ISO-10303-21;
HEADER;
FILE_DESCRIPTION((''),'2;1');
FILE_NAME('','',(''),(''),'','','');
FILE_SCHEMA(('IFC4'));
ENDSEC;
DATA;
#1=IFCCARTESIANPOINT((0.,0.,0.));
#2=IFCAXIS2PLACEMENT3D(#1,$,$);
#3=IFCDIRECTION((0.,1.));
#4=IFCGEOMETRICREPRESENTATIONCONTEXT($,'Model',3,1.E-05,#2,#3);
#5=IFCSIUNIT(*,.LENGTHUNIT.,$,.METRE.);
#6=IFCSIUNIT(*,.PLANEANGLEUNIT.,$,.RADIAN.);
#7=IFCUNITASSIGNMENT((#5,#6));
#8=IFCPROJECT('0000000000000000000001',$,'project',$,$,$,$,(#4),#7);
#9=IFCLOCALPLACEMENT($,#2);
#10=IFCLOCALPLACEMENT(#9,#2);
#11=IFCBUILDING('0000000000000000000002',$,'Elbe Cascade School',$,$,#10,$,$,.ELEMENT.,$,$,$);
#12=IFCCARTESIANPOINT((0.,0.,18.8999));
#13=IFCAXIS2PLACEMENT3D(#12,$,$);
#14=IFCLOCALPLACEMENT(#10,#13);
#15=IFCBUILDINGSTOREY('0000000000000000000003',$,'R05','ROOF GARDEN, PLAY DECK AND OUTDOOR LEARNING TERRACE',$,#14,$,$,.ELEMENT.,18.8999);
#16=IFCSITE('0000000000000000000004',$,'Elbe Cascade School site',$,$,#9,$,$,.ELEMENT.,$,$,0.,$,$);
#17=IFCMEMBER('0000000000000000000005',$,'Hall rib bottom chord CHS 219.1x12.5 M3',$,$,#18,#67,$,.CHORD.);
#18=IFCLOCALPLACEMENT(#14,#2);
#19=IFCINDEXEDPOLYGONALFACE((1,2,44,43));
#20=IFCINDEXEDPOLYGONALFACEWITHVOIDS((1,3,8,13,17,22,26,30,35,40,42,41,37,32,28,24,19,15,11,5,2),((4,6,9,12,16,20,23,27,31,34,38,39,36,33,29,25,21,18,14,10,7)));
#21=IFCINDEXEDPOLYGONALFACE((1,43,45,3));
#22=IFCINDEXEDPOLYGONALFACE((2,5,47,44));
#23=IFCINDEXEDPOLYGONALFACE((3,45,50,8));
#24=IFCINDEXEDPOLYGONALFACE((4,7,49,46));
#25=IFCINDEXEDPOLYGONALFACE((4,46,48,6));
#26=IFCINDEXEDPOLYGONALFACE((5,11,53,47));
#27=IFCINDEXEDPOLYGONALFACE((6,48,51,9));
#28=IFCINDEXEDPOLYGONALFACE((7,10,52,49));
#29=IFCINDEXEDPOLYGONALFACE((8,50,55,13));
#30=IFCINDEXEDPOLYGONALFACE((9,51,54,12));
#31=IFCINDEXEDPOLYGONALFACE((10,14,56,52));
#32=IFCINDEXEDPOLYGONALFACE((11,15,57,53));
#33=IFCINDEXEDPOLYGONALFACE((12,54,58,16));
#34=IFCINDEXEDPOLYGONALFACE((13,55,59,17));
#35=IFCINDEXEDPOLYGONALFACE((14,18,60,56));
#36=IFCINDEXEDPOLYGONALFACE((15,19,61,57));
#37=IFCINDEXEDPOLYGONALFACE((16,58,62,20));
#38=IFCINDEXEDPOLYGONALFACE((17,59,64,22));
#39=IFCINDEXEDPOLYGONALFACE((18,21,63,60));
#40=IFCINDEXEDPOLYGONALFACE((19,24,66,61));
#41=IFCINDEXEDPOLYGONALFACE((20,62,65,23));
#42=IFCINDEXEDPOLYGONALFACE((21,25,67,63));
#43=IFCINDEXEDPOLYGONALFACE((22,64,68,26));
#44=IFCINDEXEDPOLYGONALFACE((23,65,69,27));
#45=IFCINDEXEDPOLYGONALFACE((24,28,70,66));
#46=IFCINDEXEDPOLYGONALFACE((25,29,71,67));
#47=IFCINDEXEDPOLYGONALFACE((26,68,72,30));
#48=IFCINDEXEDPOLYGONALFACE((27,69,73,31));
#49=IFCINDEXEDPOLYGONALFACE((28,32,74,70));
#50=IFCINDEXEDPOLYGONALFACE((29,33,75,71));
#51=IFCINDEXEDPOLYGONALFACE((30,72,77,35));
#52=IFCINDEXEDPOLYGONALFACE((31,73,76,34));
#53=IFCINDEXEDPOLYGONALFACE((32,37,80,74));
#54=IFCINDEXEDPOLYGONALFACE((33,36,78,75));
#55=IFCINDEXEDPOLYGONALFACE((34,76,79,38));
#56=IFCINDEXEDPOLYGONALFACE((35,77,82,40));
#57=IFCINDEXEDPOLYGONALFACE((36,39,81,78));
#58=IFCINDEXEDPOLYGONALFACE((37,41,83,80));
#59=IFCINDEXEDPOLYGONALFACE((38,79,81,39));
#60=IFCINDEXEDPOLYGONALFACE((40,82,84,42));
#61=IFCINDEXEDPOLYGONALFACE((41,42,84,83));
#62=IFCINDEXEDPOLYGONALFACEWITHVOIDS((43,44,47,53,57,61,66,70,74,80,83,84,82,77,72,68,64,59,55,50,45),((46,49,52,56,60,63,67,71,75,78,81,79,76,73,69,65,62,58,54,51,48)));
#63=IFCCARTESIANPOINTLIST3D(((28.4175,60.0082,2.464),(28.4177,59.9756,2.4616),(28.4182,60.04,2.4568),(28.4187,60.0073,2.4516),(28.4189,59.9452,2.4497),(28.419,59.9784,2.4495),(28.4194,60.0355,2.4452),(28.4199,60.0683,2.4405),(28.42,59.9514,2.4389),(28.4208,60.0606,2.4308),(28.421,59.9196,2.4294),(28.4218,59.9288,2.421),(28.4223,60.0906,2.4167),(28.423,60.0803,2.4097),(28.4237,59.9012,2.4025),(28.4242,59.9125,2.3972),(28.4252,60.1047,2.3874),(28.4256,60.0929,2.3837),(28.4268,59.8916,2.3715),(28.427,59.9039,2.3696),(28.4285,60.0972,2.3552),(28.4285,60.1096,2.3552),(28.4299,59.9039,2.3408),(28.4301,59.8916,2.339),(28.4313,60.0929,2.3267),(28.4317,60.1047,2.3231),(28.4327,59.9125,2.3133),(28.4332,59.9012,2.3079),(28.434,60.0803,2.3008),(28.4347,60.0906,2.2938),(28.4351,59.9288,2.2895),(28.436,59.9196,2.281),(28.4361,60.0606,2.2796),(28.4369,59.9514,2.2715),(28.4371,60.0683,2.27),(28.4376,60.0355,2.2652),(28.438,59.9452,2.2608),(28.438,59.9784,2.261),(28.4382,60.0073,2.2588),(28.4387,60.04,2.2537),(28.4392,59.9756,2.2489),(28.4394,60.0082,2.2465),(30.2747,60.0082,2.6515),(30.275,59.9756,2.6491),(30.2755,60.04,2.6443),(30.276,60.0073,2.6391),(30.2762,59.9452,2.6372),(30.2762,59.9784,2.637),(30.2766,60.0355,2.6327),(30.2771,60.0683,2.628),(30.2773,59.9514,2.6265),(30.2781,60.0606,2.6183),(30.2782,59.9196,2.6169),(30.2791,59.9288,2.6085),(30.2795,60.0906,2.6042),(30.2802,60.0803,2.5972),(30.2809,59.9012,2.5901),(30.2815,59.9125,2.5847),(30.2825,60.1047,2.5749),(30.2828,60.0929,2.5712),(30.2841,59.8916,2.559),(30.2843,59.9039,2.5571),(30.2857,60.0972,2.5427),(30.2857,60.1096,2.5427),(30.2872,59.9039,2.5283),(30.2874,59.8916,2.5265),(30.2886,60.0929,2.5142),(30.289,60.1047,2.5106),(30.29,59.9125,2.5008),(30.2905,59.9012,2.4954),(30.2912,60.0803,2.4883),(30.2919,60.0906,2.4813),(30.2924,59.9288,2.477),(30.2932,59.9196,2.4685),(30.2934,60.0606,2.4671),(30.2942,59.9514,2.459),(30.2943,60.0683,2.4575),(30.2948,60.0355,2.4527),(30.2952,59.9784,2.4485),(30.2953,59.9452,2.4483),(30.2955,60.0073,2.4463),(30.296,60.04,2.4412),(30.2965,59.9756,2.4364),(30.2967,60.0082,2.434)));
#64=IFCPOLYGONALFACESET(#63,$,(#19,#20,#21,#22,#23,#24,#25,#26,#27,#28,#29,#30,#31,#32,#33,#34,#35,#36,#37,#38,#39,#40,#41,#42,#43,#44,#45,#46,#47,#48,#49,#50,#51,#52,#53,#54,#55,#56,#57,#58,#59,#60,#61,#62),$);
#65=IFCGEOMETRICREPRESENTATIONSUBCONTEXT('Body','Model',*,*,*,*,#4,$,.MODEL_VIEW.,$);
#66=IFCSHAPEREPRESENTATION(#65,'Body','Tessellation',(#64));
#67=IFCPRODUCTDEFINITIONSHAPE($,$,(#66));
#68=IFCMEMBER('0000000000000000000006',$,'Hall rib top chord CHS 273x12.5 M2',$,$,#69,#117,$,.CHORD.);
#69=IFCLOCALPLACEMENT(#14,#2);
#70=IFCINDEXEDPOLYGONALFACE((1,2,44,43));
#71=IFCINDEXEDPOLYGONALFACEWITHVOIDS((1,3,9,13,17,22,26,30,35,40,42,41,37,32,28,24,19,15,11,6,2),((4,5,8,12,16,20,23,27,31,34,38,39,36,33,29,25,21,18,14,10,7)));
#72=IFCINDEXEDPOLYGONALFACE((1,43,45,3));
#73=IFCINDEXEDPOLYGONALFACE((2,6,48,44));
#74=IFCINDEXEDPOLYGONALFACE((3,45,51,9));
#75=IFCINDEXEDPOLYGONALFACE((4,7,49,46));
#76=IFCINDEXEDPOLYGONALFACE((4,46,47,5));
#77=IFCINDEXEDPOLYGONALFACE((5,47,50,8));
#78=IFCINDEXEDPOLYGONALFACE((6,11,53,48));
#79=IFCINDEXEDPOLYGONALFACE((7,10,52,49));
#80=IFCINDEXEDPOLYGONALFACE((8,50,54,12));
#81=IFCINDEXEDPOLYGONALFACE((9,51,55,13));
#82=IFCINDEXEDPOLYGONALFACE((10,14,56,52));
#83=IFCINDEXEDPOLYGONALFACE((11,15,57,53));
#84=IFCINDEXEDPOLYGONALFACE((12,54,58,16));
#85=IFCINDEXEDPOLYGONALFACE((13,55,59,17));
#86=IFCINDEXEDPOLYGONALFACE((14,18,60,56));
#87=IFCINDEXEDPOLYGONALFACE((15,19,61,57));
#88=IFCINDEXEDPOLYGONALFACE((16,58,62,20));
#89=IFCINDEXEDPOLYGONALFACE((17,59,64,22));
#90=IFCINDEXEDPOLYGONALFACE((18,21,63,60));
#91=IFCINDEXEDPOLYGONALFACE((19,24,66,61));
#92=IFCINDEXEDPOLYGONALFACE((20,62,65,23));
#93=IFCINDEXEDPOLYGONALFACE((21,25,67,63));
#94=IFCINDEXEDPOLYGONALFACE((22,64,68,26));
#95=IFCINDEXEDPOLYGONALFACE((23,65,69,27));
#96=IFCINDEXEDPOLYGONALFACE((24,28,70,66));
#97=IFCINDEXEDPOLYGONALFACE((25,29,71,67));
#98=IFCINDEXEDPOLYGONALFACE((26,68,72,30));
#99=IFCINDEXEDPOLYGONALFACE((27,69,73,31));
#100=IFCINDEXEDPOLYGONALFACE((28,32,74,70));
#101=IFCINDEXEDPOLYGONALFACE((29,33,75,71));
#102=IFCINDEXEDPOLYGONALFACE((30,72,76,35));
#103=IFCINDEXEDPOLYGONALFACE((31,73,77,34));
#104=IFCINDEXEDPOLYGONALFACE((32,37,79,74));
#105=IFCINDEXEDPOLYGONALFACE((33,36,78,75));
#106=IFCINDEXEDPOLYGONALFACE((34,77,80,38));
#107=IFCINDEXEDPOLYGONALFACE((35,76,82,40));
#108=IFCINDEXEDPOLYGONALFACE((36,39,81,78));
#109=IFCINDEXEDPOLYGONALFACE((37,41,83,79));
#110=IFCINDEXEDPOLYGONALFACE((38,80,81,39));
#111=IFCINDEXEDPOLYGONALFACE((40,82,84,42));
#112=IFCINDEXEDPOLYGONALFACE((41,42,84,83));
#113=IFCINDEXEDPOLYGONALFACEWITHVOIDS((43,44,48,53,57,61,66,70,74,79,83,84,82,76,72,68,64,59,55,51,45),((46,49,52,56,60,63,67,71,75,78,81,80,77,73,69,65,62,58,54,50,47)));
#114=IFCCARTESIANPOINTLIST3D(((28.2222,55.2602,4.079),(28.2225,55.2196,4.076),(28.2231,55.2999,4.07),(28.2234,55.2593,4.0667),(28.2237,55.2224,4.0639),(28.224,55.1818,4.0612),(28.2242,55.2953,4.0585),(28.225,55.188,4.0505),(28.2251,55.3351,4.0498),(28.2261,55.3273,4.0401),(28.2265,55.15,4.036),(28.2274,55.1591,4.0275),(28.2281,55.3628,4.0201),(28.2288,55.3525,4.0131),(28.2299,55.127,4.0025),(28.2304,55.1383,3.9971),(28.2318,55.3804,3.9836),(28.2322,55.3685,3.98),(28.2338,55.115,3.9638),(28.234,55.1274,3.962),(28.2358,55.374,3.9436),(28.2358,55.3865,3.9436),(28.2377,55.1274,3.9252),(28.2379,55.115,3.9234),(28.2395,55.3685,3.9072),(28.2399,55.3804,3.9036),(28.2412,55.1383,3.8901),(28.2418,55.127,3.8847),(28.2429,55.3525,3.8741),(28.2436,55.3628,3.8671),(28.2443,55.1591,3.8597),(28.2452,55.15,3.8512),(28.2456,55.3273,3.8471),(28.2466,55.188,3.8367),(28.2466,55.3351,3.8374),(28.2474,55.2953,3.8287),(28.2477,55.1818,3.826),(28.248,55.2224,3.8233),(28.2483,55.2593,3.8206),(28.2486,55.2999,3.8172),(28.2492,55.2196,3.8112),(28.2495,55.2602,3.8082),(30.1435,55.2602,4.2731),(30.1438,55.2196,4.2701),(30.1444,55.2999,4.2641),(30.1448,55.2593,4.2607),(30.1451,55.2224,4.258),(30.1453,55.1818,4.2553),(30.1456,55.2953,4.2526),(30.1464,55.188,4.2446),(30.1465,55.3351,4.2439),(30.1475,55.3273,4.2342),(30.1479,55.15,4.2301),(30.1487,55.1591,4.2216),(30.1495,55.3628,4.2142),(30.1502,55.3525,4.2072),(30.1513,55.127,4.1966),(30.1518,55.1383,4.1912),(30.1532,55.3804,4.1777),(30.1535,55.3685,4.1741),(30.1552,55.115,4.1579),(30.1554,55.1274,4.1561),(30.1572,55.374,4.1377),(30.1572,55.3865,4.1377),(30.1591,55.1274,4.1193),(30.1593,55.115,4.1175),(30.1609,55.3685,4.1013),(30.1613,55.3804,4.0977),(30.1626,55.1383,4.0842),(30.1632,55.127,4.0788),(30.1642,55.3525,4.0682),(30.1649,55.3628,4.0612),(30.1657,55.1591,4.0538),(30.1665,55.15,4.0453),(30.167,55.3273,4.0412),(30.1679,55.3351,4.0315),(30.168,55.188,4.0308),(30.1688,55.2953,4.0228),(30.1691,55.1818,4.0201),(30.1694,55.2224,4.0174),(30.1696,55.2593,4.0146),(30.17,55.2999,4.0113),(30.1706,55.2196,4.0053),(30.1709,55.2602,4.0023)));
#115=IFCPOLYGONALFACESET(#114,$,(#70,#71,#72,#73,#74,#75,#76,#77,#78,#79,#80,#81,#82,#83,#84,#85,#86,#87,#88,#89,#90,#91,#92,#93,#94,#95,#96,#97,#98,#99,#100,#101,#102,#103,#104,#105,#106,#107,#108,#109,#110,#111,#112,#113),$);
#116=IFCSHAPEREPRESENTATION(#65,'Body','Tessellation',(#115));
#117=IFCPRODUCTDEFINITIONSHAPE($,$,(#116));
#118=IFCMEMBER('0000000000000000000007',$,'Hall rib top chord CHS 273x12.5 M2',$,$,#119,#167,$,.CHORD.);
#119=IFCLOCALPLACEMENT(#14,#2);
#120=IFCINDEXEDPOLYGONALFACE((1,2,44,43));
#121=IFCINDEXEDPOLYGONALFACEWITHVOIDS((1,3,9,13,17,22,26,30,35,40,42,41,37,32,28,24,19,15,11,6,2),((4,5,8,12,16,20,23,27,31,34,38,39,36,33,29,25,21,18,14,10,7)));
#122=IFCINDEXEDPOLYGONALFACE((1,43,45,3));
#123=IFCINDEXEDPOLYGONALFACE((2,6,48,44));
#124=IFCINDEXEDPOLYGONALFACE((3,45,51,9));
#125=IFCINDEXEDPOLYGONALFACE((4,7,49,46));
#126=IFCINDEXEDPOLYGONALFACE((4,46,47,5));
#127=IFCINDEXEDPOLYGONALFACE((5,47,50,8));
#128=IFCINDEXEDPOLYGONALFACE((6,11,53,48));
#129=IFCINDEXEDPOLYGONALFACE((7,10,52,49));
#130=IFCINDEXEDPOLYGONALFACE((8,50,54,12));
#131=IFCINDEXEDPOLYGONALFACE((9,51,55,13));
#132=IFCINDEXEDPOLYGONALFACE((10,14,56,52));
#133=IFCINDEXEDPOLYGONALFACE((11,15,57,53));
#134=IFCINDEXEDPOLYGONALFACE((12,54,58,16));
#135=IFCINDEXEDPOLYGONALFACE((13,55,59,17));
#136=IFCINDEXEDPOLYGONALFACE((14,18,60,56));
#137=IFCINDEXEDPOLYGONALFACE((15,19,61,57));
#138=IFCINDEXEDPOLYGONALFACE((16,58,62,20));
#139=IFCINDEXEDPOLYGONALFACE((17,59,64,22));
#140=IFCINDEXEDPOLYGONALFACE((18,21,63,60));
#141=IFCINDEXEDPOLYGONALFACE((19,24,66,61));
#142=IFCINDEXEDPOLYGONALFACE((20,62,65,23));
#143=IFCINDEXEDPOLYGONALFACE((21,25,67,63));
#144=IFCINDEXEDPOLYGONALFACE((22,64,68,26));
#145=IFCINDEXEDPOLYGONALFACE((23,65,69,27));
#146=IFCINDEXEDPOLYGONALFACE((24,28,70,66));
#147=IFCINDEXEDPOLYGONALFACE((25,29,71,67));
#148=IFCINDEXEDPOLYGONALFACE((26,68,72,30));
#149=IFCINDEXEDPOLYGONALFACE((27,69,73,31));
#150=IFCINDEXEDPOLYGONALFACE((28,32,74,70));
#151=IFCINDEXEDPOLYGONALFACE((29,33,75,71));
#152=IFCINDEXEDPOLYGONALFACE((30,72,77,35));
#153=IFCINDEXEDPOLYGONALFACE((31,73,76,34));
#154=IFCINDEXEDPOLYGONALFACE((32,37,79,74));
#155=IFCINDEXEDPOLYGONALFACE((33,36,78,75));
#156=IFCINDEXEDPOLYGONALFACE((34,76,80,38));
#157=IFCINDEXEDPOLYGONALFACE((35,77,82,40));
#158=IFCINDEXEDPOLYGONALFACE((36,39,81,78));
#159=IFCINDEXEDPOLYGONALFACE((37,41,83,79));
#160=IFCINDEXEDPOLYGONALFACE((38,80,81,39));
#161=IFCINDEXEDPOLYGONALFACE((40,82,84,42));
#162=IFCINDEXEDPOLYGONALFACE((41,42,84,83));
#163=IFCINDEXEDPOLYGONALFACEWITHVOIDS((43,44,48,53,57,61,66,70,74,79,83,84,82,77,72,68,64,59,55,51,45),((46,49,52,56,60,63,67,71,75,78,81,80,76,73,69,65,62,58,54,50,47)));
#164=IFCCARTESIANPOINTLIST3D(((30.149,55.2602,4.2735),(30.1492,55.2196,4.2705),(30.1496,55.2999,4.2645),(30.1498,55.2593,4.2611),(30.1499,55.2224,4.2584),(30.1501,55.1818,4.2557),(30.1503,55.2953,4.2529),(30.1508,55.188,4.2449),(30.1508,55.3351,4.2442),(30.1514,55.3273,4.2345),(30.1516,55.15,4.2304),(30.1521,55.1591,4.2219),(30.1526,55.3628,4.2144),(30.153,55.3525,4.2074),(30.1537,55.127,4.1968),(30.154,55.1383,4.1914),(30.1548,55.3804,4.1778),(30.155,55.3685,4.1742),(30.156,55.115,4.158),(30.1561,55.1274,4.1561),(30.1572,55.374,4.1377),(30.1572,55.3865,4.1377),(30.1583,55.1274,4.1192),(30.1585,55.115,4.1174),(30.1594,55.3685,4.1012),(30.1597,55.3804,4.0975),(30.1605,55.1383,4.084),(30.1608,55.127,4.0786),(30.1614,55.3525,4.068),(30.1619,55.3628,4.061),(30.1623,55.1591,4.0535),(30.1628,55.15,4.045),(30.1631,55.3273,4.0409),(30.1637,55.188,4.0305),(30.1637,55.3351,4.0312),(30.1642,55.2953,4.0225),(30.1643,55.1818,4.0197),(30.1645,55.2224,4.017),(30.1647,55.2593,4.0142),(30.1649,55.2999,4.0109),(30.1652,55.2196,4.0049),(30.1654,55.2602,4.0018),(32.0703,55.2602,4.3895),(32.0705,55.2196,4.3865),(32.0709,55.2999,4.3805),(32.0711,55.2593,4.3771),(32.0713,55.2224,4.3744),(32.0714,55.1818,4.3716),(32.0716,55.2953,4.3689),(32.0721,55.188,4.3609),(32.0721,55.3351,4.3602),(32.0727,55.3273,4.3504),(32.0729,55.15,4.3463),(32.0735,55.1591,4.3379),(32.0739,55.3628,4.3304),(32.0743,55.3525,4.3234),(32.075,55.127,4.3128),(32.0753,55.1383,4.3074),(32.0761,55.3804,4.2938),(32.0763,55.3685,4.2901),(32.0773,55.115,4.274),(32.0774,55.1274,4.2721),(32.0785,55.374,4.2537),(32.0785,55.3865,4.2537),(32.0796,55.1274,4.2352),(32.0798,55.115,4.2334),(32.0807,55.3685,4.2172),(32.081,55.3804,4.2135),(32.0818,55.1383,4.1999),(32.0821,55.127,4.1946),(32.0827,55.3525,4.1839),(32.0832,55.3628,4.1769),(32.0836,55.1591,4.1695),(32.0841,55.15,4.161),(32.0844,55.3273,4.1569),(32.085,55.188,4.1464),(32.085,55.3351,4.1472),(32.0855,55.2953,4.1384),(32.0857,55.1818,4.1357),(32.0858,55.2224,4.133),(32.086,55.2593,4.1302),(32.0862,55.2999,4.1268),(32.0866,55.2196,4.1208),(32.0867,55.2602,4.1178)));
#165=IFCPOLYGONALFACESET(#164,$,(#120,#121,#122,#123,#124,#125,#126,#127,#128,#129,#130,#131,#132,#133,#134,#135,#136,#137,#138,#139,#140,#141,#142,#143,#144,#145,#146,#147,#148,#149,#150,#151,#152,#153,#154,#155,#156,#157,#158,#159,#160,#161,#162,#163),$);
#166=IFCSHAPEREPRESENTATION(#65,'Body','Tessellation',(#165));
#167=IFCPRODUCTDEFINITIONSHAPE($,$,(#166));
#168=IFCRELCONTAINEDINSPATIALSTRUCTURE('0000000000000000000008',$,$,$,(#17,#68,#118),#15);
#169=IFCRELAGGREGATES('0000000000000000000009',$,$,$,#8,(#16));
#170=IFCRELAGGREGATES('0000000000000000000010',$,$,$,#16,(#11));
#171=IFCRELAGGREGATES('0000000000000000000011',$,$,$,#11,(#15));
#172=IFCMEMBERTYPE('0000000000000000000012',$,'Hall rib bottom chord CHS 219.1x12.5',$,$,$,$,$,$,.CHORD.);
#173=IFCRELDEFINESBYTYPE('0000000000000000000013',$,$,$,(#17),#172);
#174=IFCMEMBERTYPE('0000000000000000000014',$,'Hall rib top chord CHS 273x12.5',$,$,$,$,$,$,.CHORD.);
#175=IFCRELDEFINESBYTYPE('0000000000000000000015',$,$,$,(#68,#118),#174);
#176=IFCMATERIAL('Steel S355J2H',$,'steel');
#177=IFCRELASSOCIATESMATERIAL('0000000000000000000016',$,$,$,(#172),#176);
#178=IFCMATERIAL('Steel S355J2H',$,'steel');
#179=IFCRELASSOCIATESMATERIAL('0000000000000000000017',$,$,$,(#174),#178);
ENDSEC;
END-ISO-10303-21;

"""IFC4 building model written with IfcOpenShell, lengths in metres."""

from ifc_helpers import new_model, si_unit, direction, frame, origin, origin_2d, place, context, subcontext, project, spatial, hollow_circle, extrude, material, material_profile, profile_set, type_object, element, save


model = new_model("IFC4")

# Units and contexts
model_context = context("Model", 3, precision=1e-05, world=origin(), true_north=direction((0.0, 1.0)))
body_context = subcontext(model_context, "Body", "Model", "MODEL_VIEW")
ifc_project = project(units=[si_unit("LENGTHUNIT", "METRE"), si_unit("PLANEANGLEUNIT", "RADIAN")], contexts=[model_context])

# Site, building, storey
site_placement = place(None, origin())
site = spatial("IfcSite", under=ifc_project, at=site_placement, Name="Elbe Cascade School site", CompositionType="ELEMENT", RefElevation=0.0)
building_placement = place(site_placement, origin())
building = spatial("IfcBuilding", under=site, at=building_placement, Name="Elbe Cascade School", CompositionType="ELEMENT")
storey_placement = place(building_placement, frame((0.0, 0.0, 18.8999)))
storey = spatial("IfcBuildingStorey", under=building, at=storey_placement, Name="R05", Description="ROOF GARDEN, PLAY DECK AND OUTDOOR LEARNING TERRACE", CompositionType="ELEMENT", Elevation=18.8999)

# Members
ifc_material_1 = material(Name="Steel S355J2H", Category="steel")
ifc_material_profile_1 = material_profile(ifc_material_1, hollow_circle(Radius=0.1096, WallThickness=0.0125, at=origin_2d()), Name="CHS 219.1x12.5")
ifc_profile_set_1 = profile_set([ifc_material_profile_1], Name="Steel S355J2H")
member_type_1 = type_object("IfcMemberType", Name="Hall rib bottom chord CHS 219.1x12.5", PredefinedType="CHORD", material=ifc_profile_set_1)
member_1_placement = place(storey_placement, frame((28.4285, 60.0, 2.3552), z_axis=(0.994942, 0.0, 0.100449), x_axis=(0.0, 1.0, 0.0)))
element("IfcMember", 1, at=member_1_placement, inside=storey, type_object=member_type_1, Name="Hall rib bottom chord CHS 219.1x12.5 M3", PredefinedType="CHORD", context=body_context, shape_type="SweptSolid", body=[
    extrude(hollow_circle(Radius=0.1096, WallThickness=0.0125, at=origin_2d()), origin(), (0.0, 0.0, 1.0), 1.8667),
])
ifc_material_2 = material(Name="Steel S355J2H", Category="steel")
ifc_material_profile_2 = material_profile(ifc_material_2, hollow_circle(Radius=0.1365, WallThickness=0.0125, at=origin_2d()), Name="CHS 273x12.5")
ifc_profile_set_2 = profile_set([ifc_material_profile_2], Name="Steel S355J2H")
member_type_2 = type_object("IfcMemberType", Name="Hall rib top chord CHS 273x12.5", PredefinedType="CHORD", material=ifc_profile_set_2)
member_2_placement = place(storey_placement, frame((28.2358, 55.25, 3.9436), z_axis=(0.994937, 0.0, 0.100505), x_axis=(0.0, 1.0, 0.0)))
element("IfcMember", 2, at=member_2_placement, inside=storey, type_object=member_type_2, Name="Hall rib top chord CHS 273x12.5 M2", PredefinedType="CHORD", context=body_context, shape_type="SweptSolid", body=[
    extrude(hollow_circle(Radius=0.1365, WallThickness=0.0125, at=origin_2d()), origin(), (0.0, 0.0, 1.0), 1.9312),
])
member_3_placement = place(storey_placement, frame((30.1572, 55.25, 4.1377), z_axis=(0.998184, 0.0, 0.060246), x_axis=(0.0, 1.0, 0.0)))
element("IfcMember", 3, at=member_3_placement, inside=storey, type_object=member_type_2, Name="Hall rib top chord CHS 273x12.5 M2", PredefinedType="CHORD", context=body_context, shape_type="SweptSolid", body=[
    extrude(hollow_circle(Radius=0.1365, WallThickness=0.0125, at=origin_2d()), origin(), (0.0, 0.0, 1.0), 1.9248),
])

save(model, "model.ifc")
